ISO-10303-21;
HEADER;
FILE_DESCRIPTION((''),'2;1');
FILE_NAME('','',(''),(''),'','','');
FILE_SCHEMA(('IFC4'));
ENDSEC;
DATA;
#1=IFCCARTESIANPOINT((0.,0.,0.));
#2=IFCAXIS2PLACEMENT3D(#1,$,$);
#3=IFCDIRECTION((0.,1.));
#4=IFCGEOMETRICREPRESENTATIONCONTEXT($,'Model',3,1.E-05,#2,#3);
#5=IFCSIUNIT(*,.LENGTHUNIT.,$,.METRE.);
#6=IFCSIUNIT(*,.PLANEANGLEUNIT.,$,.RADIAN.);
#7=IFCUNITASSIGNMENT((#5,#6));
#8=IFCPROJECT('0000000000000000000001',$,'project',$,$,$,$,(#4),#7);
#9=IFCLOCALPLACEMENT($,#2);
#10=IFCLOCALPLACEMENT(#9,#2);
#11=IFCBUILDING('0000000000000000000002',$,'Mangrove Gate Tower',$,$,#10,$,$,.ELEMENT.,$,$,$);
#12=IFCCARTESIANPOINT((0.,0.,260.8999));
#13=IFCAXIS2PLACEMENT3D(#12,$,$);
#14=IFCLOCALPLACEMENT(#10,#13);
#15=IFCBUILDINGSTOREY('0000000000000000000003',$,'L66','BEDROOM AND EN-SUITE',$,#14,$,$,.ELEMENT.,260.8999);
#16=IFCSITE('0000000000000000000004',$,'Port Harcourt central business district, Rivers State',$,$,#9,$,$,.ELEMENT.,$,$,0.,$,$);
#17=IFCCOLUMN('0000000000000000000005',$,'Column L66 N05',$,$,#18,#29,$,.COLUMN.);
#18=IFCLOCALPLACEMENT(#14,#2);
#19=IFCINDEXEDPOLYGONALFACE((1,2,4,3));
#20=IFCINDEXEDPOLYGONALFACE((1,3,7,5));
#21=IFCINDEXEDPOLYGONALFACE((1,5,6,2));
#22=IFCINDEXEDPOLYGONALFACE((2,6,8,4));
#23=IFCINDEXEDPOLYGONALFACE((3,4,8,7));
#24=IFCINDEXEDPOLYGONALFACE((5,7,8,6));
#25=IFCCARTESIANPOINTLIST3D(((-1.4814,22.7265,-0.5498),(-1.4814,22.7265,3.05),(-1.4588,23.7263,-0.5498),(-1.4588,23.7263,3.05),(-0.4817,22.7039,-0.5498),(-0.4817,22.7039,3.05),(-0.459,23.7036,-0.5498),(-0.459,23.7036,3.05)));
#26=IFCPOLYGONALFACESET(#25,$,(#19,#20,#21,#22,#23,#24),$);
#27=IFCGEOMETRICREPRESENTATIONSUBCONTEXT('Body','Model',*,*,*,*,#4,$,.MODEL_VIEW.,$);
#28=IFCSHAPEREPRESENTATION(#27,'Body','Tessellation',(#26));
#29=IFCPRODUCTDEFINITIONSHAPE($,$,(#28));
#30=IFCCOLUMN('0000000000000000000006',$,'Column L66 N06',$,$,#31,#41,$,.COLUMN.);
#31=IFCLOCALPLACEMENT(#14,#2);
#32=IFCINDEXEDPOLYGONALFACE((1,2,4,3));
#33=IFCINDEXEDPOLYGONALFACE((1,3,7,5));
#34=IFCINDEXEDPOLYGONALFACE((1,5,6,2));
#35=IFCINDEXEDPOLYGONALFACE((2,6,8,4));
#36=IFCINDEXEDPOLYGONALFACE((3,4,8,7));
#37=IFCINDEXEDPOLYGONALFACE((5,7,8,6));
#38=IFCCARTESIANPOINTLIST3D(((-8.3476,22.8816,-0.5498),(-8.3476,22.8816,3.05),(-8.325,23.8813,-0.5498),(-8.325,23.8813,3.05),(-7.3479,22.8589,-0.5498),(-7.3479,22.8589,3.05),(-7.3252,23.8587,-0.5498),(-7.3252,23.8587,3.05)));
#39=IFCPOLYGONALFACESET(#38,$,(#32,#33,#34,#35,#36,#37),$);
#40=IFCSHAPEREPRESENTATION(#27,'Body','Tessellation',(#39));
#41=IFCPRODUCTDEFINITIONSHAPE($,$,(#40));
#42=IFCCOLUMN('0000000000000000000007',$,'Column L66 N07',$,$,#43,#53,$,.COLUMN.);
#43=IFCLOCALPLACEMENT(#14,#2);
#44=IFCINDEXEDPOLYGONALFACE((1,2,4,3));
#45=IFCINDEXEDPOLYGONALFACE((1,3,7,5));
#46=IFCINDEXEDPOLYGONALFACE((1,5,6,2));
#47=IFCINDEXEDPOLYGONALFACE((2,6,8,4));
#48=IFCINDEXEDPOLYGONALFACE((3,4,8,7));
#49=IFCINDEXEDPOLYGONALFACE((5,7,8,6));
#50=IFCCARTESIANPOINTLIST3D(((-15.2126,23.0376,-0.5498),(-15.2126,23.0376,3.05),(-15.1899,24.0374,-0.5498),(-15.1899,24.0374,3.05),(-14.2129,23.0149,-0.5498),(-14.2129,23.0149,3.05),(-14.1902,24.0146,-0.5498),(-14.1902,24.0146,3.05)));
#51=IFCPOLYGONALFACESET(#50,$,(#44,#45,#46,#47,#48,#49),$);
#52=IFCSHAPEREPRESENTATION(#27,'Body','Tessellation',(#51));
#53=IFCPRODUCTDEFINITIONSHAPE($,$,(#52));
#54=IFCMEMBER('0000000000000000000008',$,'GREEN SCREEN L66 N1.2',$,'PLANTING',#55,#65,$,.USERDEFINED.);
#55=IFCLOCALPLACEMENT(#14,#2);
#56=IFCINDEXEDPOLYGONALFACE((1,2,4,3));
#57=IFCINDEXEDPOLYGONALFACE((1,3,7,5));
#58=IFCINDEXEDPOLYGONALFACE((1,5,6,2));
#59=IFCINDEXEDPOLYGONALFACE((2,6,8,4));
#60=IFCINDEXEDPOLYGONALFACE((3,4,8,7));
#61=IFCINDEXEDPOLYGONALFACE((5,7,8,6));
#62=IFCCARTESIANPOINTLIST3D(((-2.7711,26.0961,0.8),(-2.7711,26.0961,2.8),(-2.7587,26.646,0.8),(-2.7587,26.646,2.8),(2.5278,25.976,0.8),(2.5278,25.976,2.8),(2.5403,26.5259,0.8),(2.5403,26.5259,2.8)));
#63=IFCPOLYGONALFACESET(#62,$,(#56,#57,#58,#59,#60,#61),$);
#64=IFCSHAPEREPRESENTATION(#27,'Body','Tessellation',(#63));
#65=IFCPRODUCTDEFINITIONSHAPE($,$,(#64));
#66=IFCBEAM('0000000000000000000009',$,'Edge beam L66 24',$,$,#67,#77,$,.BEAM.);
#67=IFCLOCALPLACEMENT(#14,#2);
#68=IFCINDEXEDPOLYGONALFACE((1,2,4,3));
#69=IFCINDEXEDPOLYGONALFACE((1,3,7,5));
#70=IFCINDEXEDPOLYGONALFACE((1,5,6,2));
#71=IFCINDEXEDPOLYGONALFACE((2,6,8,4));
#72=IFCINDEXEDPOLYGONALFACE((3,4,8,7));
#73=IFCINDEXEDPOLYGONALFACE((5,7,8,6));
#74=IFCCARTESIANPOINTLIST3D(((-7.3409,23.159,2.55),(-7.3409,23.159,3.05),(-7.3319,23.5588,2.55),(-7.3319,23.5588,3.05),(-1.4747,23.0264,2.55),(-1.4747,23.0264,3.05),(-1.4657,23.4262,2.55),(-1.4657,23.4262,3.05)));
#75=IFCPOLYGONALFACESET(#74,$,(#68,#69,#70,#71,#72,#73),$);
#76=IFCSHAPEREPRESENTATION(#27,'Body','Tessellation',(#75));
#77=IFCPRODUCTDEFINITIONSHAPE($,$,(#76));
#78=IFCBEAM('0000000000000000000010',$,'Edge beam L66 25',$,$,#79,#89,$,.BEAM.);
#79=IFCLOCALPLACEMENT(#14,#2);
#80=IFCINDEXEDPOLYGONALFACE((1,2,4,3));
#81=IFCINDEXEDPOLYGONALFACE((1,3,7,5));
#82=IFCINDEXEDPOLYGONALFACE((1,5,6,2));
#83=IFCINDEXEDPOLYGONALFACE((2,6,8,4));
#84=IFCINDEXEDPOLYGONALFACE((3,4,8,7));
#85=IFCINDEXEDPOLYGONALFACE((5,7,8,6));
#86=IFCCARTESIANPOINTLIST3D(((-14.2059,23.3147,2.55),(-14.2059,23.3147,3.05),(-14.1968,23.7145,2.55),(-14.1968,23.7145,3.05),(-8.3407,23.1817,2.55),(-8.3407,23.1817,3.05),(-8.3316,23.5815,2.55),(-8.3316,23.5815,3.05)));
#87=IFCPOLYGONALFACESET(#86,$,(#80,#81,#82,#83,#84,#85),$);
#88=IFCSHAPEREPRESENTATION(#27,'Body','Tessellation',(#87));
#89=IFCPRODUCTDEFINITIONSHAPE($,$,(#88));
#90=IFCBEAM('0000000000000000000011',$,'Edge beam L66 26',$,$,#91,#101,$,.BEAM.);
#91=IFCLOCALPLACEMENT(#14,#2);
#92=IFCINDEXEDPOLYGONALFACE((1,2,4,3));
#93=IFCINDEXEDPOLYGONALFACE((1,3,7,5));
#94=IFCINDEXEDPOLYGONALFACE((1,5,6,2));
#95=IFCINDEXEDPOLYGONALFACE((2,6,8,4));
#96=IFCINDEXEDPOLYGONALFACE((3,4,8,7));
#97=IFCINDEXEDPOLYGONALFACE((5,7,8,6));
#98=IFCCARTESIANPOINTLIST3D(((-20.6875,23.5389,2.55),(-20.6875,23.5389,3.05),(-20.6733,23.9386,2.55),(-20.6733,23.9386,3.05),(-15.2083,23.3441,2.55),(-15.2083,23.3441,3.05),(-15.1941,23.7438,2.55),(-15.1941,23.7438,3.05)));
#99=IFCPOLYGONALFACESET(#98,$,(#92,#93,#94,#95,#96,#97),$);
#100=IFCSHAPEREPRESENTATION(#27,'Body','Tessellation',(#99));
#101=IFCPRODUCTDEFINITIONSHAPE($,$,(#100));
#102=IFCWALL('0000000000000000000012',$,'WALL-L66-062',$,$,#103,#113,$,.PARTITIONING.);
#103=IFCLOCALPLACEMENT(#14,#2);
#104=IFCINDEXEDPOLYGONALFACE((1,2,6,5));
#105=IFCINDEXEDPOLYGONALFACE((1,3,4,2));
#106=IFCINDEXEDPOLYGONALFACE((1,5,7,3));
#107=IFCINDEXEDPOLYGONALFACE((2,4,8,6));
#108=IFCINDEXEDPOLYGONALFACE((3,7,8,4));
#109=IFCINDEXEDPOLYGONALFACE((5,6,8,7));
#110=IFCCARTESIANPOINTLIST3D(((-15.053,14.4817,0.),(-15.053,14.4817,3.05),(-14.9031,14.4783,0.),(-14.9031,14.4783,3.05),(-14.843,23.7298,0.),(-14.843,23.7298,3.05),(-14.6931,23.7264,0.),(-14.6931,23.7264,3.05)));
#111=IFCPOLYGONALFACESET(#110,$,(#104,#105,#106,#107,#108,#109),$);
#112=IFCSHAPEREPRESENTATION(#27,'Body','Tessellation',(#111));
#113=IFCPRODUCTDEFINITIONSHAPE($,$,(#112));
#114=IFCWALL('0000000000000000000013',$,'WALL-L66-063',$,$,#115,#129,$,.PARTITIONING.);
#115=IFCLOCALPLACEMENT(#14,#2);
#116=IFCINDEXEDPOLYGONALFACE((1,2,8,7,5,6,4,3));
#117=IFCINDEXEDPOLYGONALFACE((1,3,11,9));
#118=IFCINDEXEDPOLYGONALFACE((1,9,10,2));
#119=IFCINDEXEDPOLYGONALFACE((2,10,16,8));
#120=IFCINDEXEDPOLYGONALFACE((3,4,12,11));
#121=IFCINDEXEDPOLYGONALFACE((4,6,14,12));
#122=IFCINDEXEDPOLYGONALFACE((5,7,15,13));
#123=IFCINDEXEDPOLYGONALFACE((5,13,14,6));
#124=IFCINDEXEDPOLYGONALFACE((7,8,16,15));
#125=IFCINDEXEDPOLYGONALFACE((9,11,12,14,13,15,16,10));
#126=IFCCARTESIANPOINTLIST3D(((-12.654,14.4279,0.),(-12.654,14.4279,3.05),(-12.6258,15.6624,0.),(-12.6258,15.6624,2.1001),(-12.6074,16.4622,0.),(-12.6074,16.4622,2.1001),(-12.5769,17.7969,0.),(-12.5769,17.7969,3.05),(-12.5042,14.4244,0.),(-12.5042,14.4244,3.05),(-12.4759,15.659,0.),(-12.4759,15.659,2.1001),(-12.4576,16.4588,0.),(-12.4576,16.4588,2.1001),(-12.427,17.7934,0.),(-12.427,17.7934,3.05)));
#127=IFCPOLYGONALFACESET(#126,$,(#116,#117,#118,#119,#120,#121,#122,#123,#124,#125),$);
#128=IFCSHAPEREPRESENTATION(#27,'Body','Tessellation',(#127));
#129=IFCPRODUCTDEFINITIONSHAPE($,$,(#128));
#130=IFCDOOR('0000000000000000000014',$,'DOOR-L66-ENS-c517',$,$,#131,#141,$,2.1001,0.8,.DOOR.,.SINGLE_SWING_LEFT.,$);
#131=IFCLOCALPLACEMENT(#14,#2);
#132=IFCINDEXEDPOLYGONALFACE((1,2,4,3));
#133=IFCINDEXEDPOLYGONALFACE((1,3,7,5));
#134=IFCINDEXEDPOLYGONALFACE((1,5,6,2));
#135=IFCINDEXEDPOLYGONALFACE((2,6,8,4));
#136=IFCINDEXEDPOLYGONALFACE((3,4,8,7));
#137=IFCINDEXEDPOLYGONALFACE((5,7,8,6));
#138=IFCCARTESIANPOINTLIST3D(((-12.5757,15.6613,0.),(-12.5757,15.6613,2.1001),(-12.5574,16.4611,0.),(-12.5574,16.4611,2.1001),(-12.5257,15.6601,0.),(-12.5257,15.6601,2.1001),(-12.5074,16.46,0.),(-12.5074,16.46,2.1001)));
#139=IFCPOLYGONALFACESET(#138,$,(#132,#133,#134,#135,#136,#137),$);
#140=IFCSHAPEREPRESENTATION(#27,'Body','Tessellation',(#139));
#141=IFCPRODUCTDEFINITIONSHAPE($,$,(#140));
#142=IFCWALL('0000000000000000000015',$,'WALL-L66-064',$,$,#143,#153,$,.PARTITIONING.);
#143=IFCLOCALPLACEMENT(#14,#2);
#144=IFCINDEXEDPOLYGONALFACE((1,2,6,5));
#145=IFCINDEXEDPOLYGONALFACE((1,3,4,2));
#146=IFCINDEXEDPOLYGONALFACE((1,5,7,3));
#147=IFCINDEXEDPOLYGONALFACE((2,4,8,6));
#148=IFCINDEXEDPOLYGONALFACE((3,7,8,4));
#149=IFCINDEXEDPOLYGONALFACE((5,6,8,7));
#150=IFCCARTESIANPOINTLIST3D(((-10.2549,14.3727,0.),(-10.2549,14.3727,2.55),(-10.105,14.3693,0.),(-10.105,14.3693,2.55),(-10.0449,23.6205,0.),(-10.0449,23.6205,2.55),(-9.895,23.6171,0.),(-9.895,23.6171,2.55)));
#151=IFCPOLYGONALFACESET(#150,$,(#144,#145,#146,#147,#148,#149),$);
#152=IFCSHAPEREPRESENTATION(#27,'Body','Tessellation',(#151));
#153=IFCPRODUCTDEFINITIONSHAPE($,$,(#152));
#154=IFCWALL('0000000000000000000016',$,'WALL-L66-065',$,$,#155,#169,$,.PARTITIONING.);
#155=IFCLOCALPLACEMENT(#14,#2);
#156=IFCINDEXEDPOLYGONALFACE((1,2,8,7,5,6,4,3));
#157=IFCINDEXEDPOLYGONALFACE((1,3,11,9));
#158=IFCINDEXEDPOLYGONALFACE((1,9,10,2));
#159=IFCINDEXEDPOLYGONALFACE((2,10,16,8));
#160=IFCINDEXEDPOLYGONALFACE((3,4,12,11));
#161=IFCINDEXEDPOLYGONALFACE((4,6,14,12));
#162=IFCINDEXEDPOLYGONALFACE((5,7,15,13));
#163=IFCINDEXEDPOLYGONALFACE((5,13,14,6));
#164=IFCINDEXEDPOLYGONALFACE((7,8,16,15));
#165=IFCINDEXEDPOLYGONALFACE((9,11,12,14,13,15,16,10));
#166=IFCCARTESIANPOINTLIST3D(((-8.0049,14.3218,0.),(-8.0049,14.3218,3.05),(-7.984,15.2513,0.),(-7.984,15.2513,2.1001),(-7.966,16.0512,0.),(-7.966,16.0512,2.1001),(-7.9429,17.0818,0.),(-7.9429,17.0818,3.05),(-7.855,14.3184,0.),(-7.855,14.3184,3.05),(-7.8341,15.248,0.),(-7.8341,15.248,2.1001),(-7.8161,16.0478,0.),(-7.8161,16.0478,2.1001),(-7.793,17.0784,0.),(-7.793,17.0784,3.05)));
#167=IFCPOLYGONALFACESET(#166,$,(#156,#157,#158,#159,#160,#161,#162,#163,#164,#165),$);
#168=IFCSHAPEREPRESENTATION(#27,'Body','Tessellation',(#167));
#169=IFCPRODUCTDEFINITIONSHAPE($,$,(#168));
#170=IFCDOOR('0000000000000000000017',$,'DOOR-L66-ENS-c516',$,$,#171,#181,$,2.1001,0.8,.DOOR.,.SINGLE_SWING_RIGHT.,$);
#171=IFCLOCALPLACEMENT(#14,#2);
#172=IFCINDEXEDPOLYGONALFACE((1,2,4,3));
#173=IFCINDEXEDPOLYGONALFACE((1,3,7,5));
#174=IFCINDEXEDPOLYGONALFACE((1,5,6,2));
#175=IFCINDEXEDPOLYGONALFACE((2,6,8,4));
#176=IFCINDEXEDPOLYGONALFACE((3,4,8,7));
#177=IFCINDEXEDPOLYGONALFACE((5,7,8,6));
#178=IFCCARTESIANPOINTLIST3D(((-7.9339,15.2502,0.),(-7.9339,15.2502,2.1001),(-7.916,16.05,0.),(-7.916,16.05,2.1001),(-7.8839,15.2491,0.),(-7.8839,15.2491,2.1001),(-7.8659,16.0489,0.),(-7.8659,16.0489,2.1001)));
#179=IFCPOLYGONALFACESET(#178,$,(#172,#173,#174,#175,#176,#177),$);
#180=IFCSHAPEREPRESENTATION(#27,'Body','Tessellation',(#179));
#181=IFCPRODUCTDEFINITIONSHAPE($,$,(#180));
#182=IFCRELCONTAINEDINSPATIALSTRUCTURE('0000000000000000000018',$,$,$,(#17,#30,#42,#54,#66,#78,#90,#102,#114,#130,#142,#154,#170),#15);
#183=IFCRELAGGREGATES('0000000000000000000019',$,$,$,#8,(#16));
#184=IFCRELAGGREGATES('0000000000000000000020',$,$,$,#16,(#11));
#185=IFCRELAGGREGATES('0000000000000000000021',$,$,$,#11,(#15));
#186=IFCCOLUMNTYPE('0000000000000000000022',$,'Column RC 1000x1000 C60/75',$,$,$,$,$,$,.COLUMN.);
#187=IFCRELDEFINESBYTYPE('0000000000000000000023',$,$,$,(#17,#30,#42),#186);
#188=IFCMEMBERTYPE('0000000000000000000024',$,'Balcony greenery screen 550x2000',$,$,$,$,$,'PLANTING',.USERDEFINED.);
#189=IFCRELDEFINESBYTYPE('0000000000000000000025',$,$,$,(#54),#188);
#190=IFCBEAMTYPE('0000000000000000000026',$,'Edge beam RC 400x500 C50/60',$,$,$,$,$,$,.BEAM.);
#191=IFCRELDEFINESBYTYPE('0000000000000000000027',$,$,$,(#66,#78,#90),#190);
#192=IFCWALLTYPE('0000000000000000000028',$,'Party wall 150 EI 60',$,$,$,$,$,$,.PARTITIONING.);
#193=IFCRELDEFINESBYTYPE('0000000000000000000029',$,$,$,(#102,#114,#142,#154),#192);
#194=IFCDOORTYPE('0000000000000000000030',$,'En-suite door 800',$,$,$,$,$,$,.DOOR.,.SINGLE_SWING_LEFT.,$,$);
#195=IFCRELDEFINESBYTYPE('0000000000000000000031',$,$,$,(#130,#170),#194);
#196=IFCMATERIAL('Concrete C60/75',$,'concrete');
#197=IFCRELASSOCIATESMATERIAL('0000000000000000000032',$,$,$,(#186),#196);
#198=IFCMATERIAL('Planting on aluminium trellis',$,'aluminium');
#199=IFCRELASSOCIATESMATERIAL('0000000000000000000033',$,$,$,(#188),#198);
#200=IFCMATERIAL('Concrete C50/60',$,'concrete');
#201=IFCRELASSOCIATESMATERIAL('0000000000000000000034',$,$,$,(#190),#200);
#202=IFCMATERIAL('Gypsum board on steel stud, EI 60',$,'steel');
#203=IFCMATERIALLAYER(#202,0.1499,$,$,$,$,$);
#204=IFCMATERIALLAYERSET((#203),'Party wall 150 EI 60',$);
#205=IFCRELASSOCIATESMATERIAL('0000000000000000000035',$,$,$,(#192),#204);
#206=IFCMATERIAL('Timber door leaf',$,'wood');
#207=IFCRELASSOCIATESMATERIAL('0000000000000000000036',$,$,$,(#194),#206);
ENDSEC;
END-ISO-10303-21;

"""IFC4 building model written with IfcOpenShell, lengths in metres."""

from ifc_helpers import new_model, si_unit, direction, frame, frame_2d, origin, origin_2d, place, context, subcontext, project, spatial, rectangle, extrude, material, layer, layer_set, material_profile, profile_set, type_object, element, fill, save


model = new_model("IFC4")

# Units and contexts
model_context = context("Model", 3, precision=1e-05, world=origin(), true_north=direction((0.0, 1.0)))
body_context = subcontext(model_context, "Body", "Model", "MODEL_VIEW")
ifc_project = project(units=[si_unit("LENGTHUNIT", "METRE"), si_unit("PLANEANGLEUNIT", "RADIAN")], contexts=[model_context])

# Site, building, storey
site_placement = place(None, origin())
site = spatial("IfcSite", under=ifc_project, at=site_placement, Name="Port Harcourt central business district, Rivers State", CompositionType="ELEMENT", RefElevation=0.0)
building_placement = place(site_placement, origin())
building = spatial("IfcBuilding", under=site, at=building_placement, Name="Mangrove Gate Tower", CompositionType="ELEMENT")
storey_placement = place(building_placement, frame((0.0, 0.0, 260.8999)))
storey = spatial("IfcBuildingStorey", under=building, at=storey_placement, Name="L66", Description="BEDROOM AND EN-SUITE", CompositionType="ELEMENT", Elevation=260.8999)

# Columns
ifc_material_1 = material(Name="Concrete C60/75", Category="concrete")
ifc_material_profile_1 = material_profile(ifc_material_1, rectangle(XDim=1.0, YDim=1.0, at=origin_2d()))
ifc_profile_set_1 = profile_set([ifc_material_profile_1], Name="Concrete C60/75")
column_type = type_object("IfcColumnType", Name="Column RC 1000x1000 C60/75", PredefinedType="COLUMN", material=ifc_profile_set_1)
for number, where, z_axis, x_axis, name in (
    (1, (-0.9702, 23.2151, -0.5498), (0.0, 0.0, 1.0), (-0.999744, 0.022642, 0.0), "Column L66 N05"),
    (2, (-7.8364, 23.3701, -0.5498), (0.0, 0.0, 1.0), (-0.999744, 0.022644, 0.0), "Column L66 N06"),
    (3, (-14.7014, 23.5261, -0.5498), (0.0, 0.0, 1.0), (-0.999742, 0.022716, 0.0), "Column L66 N07"),
):
    element("IfcColumn", number, at=place(storey_placement, frame(where, z_axis=z_axis, x_axis=x_axis)), inside=storey, type_object=column_type, Name=name, PredefinedType="COLUMN", context=body_context, shape_type="SweptSolid", body=[
        extrude(rectangle(XDim=1.0, YDim=1.0, at=origin_2d()), origin(), (0.0, 0.0, 1.0), 3.5999),
    ])

# Member
ifc_material_2 = material(Name="Planting on aluminium trellis", Category="aluminium")
ifc_material_profile_2 = material_profile(ifc_material_2, rectangle(XDim=0.55, YDim=2.0, at=origin_2d()))
ifc_profile_set_2 = profile_set([ifc_material_profile_2], Name="Planting on aluminium trellis")
member_type = type_object("IfcMemberType", Name="Balcony greenery screen 550x2000", ElementType="PLANTING", PredefinedType="USERDEFINED", material=ifc_profile_set_2)
member_placement = place(storey_placement, frame((-2.7649, 26.3711, 1.8), z_axis=(0.999743, -0.022663, 0.0), x_axis=(0.022663, 0.999743, 0.0)))
element("IfcMember", 4, at=member_placement, inside=storey, type_object=member_type, Name="GREEN SCREEN L66 N1.2", ObjectType="PLANTING", PredefinedType="USERDEFINED", context=body_context, shape_type="SweptSolid", body=[
    extrude(rectangle(XDim=0.55, YDim=2.0, at=origin_2d()), origin(), (0.0, 0.0, 1.0), 5.3003),
])

# Beams
ifc_material_3 = material(Name="Concrete C50/60", Category="concrete")
ifc_material_profile_3 = material_profile(ifc_material_3, rectangle(XDim=0.3999, YDim=0.5, at=origin_2d()))
ifc_profile_set_3 = profile_set([ifc_material_profile_3], Name="Concrete C50/60")
beam_type = type_object("IfcBeamType", Name="Edge beam RC 400x500 C50/60", PredefinedType="BEAM", material=ifc_profile_set_3)
beam_1_placement = place(storey_placement, frame((-1.4702, 23.2263, 2.8), z_axis=(-0.999745, 0.022593, 0.0), x_axis=(-0.022593, -0.999745, 0.0)))
element("IfcBeam", 5, at=beam_1_placement, inside=storey, type_object=beam_type, Name="Edge beam L66 24", PredefinedType="BEAM", context=body_context, shape_type="SweptSolid", body=[
    extrude(rectangle(XDim=0.3999, YDim=0.5, at=origin_2d()), origin(), (0.0, 0.0, 1.0), 5.8677),
])
beam_2_placement = place(storey_placement, frame((-8.3362, 23.3816, 2.8), z_axis=(-0.999743, 0.02268, 0.0), x_axis=(-0.02268, -0.999743, 0.0)))
element("IfcBeam", 6, at=beam_2_placement, inside=storey, type_object=beam_type, Name="Edge beam L66 25", PredefinedType="BEAM", context=body_context, shape_type="SweptSolid", body=[
    extrude(rectangle(XDim=0.3999, YDim=0.5, at=origin_2d()), origin(), (0.0, 0.0, 1.0), 5.8667),
])
beam_3_placement = place(storey_placement, frame((-15.2012, 23.5439, 2.8), z_axis=(-0.999368, 0.035534, 0.0), x_axis=(-0.035534, -0.999368, 0.0)))
element("IfcBeam", 7, at=beam_3_placement, inside=storey, type_object=beam_type, Name="Edge beam L66 26", PredefinedType="BEAM", context=body_context, shape_type="SweptSolid", body=[
    extrude(rectangle(XDim=0.3999, YDim=0.5, at=origin_2d()), origin(), (0.0, 0.0, 1.0), 5.4827),
])

# Wall
ifc_material_4 = material(Name="Gypsum board on steel stud, EI 60", Category="steel")
ifc_layer_1 = layer(ifc_material_4, 0.1499)
ifc_layer_set_1 = layer_set([ifc_layer_1], Name="Party wall 150 EI 60")
wall_type_1 = type_object("IfcWallType", Name="Party wall 150 EI 60", PredefinedType="PARTITIONING", material=ifc_layer_set_1)
wall_1_placement = place(storey_placement, frame((-14.978, 14.48, 0.0), z_axis=(0.0, 0.0, 1.0), x_axis=(0.022697, 0.999742, 0.0)))
element("IfcWall", 8, at=wall_1_placement, inside=storey, type_object=wall_type_1, Name="WALL-L66-062", PredefinedType="PARTITIONING", context=body_context, shape_type="SweptSolid", body=[
    extrude(rectangle(XDim=9.2505, YDim=0.1499, at=frame_2d((4.6252, 0.0))), origin(), (0.0, 0.0, 1.0), 3.05),
])

# Wall, opening, door
wall_2_placement = place(storey_placement, frame((-12.5791, 14.426, 0.0), z_axis=(0.0, 0.0, 1.0), x_axis=(0.022894, 0.999738, 0.0)))
wall_2 = element("IfcWall", 9, at=wall_2_placement, inside=storey, type_object=wall_type_1, Name="WALL-L66-063", PredefinedType="PARTITIONING", context=body_context, shape_type="SweptSolid", body=[
    extrude(rectangle(XDim=3.3699, YDim=0.1499, at=frame_2d((1.6851, 0.0))), origin(), (0.0, 0.0, 1.0), 3.05),
])
opening_1_placement = place(wall_2_placement, frame((1.2351, 0.0, 0.0)))
opening_1 = element("IfcOpeningElement", 10, at=opening_1_placement, cuts=wall_2, PredefinedType="OPENING", context=body_context, shape_type="SweptSolid", body=[
    extrude(rectangle(XDim=0.8, YDim=2.1001, at=frame_2d((0.3999, 1.05))), frame((0.0, 0.085, 0.0), z_axis=(0.0, -1.0, 0.0), x_axis=(1.0, 0.0, 0.0)), (0.0, 0.0, 1.0), 0.1699),
])
ifc_material_5 = material(Name="Timber door leaf", Category="wood")
door_type = type_object("IfcDoorType", Name="En-suite door 800", OperationType="SINGLE_SWING_LEFT", PredefinedType="DOOR", material=ifc_material_5)
door_1_placement = place(opening_1_placement, origin())
door_1 = element("IfcDoor", 11, at=door_1_placement, inside=storey, type_object=door_type, Name="DOOR-L66-ENS-c517", OperationType="SINGLE_SWING_LEFT", OverallHeight=2.1001, OverallWidth=0.8, PredefinedType="DOOR", context=body_context, shape_type="SweptSolid", body=[
    extrude(rectangle(XDim=0.8, YDim=2.1001, at=frame_2d((0.3999, 1.05))), frame((0.0, 0.0249, 0.0), z_axis=(0.0, -1.0, 0.0), x_axis=(1.0, 0.0, 0.0)), (0.0, 0.0, 1.0), 0.05),
])
fill(opening_1, door_1)

# Wall
wall_3_placement = place(storey_placement, frame((-10.1799, 14.3711, 0.0), z_axis=(0.0, 0.0, 1.0), x_axis=(0.022698, 0.999742, 0.0)))
element("IfcWall", 12, at=wall_3_placement, inside=storey, type_object=wall_type_1, Name="WALL-L66-064", PredefinedType="PARTITIONING", context=body_context, shape_type="SweptSolid", body=[
    extrude(rectangle(XDim=9.2502, YDim=0.1499, at=frame_2d((4.625, 0.0))), origin(), (0.0, 0.0, 1.0), 2.55),
])

# Wall, opening, door
wall_4_placement = place(storey_placement, frame((-7.9299, 14.3201, 0.0), z_axis=(0.0, 0.0, 1.0), x_axis=(0.022462, 0.999748, 0.0)))
wall_4 = element("IfcWall", 13, at=wall_4_placement, inside=storey, type_object=wall_type_1, Name="WALL-L66-065", PredefinedType="PARTITIONING", context=body_context, shape_type="SweptSolid", body=[
    extrude(rectangle(XDim=2.7607, YDim=0.1499, at=frame_2d((1.3804, 0.0))), origin(), (0.0, 0.0, 1.0), 3.05),
])
opening_2_placement = place(wall_4_placement, frame((0.9299, 0.0, 0.0)))
opening_2 = element("IfcOpeningElement", 14, at=opening_2_placement, cuts=wall_4, PredefinedType="OPENING", context=body_context, shape_type="SweptSolid", body=[
    extrude(rectangle(XDim=0.8, YDim=2.1001, at=frame_2d((0.3999, 1.05))), frame((0.0, 0.085, 0.0), z_axis=(0.0, -1.0, 0.0), x_axis=(1.0, 0.0, 0.0)), (0.0, 0.0, 1.0), 0.1699),
])
door_2_placement = place(opening_2_placement, origin())
door_2 = element("IfcDoor", 15, at=door_2_placement, inside=storey, type_object=door_type, Name="DOOR-L66-ENS-c516", OperationType="SINGLE_SWING_RIGHT", OverallHeight=2.1001, OverallWidth=0.8, PredefinedType="DOOR", context=body_context, shape_type="SweptSolid", body=[
    extrude(rectangle(XDim=0.8, YDim=2.1001, at=frame_2d((0.3999, 1.05))), frame((0.0, 0.0249, 0.0), z_axis=(0.0, -1.0, 0.0), x_axis=(1.0, 0.0, 0.0)), (0.0, 0.0, 1.0), 0.05),
])
fill(opening_2, door_2)

save(model, "model.ifc")
